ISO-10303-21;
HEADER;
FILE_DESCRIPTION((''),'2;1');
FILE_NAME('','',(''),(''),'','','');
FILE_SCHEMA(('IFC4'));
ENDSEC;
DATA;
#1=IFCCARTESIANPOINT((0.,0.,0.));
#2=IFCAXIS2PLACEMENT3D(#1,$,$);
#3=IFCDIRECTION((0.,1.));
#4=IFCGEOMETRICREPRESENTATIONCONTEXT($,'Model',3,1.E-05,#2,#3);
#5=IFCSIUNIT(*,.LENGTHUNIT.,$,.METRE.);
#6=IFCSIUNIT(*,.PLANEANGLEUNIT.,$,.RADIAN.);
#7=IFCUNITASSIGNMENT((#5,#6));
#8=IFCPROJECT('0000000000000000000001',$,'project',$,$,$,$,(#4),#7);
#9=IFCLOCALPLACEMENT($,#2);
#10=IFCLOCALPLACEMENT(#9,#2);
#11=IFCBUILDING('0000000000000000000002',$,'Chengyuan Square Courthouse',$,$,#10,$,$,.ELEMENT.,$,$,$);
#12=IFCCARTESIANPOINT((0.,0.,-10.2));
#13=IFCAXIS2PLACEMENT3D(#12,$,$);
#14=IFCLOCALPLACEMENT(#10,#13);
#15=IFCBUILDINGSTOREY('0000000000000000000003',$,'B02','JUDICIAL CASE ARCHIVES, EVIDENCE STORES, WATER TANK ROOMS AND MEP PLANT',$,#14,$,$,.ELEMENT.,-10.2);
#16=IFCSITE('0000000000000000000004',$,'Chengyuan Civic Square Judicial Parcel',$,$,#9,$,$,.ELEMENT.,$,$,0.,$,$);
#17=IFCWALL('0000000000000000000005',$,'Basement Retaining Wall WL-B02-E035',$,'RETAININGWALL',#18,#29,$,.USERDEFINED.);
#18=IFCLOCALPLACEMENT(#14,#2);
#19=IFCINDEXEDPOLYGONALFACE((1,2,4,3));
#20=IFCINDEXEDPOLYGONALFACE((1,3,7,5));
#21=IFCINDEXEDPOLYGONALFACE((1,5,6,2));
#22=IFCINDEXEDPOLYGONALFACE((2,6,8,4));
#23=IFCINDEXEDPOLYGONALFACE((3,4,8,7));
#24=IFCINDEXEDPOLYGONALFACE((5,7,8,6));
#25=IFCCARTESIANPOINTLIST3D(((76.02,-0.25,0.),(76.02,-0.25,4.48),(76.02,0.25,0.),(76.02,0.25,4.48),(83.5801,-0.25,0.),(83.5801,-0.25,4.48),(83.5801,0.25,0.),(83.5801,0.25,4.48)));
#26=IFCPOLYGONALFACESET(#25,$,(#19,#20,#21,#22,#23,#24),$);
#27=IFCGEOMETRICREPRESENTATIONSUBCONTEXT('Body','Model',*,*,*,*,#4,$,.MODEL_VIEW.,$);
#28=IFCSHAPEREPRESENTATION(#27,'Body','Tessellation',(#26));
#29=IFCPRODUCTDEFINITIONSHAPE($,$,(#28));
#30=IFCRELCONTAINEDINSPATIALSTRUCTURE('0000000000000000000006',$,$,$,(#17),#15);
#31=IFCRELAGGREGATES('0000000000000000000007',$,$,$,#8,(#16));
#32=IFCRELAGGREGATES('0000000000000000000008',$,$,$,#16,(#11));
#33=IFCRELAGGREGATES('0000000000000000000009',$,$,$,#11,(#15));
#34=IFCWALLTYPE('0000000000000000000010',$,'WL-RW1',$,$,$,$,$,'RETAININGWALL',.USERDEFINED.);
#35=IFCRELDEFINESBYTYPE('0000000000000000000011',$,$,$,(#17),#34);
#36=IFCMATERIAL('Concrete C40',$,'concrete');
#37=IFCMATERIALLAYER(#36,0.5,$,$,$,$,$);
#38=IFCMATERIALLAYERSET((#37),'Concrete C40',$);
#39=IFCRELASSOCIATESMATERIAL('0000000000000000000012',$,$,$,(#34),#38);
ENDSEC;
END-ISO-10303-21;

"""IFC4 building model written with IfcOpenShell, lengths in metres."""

from ifc_helpers import new_model, si_unit, direction, frame, frame_2d, origin, place, context, subcontext, project, spatial, rectangle, extrude, material, layer, layer_set, type_object, element, save


model = new_model("IFC4")

# Units and contexts
model_context = context("Model", 3, precision=1e-05, world=origin(), true_north=direction((0.0, 1.0)))
body_context = subcontext(model_context, "Body", "Model", "MODEL_VIEW")
ifc_project = project(units=[si_unit("LENGTHUNIT", "METRE"), si_unit("PLANEANGLEUNIT", "RADIAN")], contexts=[model_context])

# Site, building, storey
site_placement = place(None, origin())
site = spatial("IfcSite", under=ifc_project, at=site_placement, Name="Chengyuan Civic Square Judicial Parcel", CompositionType="ELEMENT", RefElevation=0.0)
building_placement = place(site_placement, origin())
building = spatial("IfcBuilding", under=site, at=building_placement, Name="Chengyuan Square Courthouse", CompositionType="ELEMENT")
storey_placement = place(building_placement, frame((0.0, 0.0, -10.2)))
storey = spatial("IfcBuildingStorey", under=building, at=storey_placement, Name="B02", Description="JUDICIAL CASE ARCHIVES, EVIDENCE STORES, WATER TANK ROOMS AND MEP PLANT", CompositionType="ELEMENT", Elevation=-10.2)

# Shared definitions
ifc_material_1 = material(Name="Concrete C40", Category="concrete")

# Wall
ifc_layer_1 = layer(ifc_material_1, 0.5)
ifc_layer_set_1 = layer_set([ifc_layer_1], Name="Concrete C40")
wall_type_1 = type_object("IfcWallType", Name="WL-RW1", ElementType="RETAININGWALL", PredefinedType="USERDEFINED", material=ifc_layer_set_1)
wall_1_placement = place(storey_placement, frame((76.02, 0.0, 0.0), z_axis=(0.0, 0.0, 1.0), x_axis=(1.0, 0.0, 0.0)))
element("IfcWall", 1, at=wall_1_placement, inside=storey, type_object=wall_type_1, Name="Basement Retaining Wall WL-B02-E035", ObjectType="RETAININGWALL", PredefinedType="USERDEFINED", context=body_context, shape_type="SweptSolid", body=[
    extrude(rectangle(XDim=7.5601, YDim=0.5, at=frame_2d((3.78, 0.0))), origin(), (0.0, 0.0, 1.0), 4.48),
])

save(model, "model.ifc")
